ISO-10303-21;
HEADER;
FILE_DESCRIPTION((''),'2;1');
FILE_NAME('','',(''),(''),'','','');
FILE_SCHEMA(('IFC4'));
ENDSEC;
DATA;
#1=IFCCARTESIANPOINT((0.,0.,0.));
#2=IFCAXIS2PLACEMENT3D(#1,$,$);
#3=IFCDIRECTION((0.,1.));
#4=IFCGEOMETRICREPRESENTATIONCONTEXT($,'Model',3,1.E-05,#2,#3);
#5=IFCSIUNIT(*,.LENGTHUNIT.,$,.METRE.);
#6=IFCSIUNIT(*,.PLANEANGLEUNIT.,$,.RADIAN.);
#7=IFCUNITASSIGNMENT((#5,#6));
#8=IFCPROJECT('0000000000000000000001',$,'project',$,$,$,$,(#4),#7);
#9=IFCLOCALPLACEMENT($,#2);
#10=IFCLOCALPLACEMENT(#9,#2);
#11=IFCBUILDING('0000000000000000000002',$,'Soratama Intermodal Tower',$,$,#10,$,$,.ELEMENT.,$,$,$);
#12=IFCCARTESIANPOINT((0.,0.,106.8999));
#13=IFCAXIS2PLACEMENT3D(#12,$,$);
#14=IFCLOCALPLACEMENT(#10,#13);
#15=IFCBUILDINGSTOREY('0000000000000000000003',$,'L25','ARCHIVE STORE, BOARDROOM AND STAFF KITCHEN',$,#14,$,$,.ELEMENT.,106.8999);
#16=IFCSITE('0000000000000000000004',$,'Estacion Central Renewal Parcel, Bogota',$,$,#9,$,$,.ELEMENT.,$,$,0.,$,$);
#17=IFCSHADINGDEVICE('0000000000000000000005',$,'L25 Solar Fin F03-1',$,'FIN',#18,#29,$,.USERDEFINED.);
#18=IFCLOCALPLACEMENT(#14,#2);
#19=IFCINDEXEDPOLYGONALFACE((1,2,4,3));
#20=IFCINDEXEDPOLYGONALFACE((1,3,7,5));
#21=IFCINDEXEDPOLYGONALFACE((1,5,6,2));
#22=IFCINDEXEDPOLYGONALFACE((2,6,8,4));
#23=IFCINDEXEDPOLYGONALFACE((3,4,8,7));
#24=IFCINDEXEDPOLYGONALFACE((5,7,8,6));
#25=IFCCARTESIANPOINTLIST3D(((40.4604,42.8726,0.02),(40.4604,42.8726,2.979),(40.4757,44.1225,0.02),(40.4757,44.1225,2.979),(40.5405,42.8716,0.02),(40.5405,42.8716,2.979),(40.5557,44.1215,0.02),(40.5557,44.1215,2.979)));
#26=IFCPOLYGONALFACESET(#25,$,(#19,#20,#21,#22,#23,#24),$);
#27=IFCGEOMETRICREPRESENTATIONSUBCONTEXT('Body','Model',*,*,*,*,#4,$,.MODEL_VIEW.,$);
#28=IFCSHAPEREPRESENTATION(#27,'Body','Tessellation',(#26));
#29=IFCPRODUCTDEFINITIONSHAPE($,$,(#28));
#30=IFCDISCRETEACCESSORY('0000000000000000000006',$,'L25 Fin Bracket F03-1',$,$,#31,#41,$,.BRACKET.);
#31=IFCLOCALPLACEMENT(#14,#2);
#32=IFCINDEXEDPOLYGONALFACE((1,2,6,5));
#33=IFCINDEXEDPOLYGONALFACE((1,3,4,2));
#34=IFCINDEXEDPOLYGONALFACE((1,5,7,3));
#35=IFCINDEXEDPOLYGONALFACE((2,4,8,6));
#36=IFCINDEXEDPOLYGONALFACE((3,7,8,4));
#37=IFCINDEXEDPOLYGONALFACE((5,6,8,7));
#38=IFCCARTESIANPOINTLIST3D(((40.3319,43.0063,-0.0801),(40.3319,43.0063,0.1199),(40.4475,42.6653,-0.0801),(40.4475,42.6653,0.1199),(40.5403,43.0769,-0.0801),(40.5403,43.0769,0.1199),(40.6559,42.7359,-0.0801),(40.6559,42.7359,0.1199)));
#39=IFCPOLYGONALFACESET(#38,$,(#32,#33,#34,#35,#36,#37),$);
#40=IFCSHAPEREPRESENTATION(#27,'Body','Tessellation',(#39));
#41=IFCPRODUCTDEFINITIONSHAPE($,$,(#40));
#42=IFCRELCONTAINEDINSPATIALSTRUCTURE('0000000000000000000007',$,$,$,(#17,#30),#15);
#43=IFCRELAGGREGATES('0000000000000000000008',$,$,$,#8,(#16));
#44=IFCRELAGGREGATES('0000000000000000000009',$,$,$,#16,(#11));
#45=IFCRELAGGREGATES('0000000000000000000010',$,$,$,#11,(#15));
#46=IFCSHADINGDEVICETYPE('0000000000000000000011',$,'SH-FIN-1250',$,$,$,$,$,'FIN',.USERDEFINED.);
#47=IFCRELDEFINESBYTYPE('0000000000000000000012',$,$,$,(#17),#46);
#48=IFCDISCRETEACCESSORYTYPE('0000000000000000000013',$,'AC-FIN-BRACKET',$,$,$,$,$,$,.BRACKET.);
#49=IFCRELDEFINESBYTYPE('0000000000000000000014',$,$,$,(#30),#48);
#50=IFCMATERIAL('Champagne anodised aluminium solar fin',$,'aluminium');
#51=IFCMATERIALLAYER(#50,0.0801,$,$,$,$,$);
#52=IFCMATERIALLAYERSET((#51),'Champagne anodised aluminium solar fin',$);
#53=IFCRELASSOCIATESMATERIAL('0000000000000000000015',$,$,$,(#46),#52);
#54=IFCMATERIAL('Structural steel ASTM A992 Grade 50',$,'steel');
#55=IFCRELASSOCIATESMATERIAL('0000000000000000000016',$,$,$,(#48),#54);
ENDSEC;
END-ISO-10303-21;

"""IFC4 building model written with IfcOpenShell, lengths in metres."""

from ifc_helpers import new_model, si_unit, direction, frame, origin, origin_2d, place, context, subcontext, project, spatial, rectangle, extrude, material, layer, layer_set, type_object, element, save


model = new_model("IFC4")

# Units and contexts
model_context = context("Model", 3, precision=1e-05, world=origin(), true_north=direction((0.0, 1.0)))
body_context = subcontext(model_context, "Body", "Model", "MODEL_VIEW")
ifc_project = project(units=[si_unit("LENGTHUNIT", "METRE"), si_unit("PLANEANGLEUNIT", "RADIAN")], contexts=[model_context])

# Site, building, storey
site_placement = place(None, origin())
site = spatial("IfcSite", under=ifc_project, at=site_placement, Name="Estacion Central Renewal Parcel, Bogota", CompositionType="ELEMENT", RefElevation=0.0)
building_placement = place(site_placement, origin())
building = spatial("IfcBuilding", under=site, at=building_placement, Name="Soratama Intermodal Tower", CompositionType="ELEMENT")
storey_placement = place(building_placement, frame((0.0, 0.0, 106.8999)))
storey = spatial("IfcBuildingStorey", under=building, at=storey_placement, Name="L25", Description="ARCHIVE STORE, BOARDROOM AND STAFF KITCHEN", CompositionType="ELEMENT", Elevation=106.8999)

# Shading device
ifc_material_1 = material(Name="Champagne anodised aluminium solar fin", Category="aluminium")
ifc_layer_1 = layer(ifc_material_1, 0.0801)
ifc_layer_set_1 = layer_set([ifc_layer_1], Name="Champagne anodised aluminium solar fin")
shading_device_type = type_object("IfcShadingDeviceType", Name="SH-FIN-1250", ElementType="FIN", PredefinedType="USERDEFINED", material=ifc_layer_set_1)
shading_device_placement = place(storey_placement, frame((40.5081, 43.4971, 0.02), z_axis=(0.0, 0.0, 1.0), x_axis=(0.012217, 0.999925, 0.0)))
element("IfcShadingDevice", 1, at=shading_device_placement, inside=storey, type_object=shading_device_type, Name="L25 Solar Fin F03-1", ObjectType="FIN", PredefinedType="USERDEFINED", context=body_context, shape_type="SweptSolid", body=[
    extrude(rectangle(XDim=1.25, YDim=0.0801, at=origin_2d()), origin(), (0.0, 0.0, 1.0), 2.959),
])

# Discrete accessory
ifc_material_2 = material(Name="Structural steel ASTM A992 Grade 50", Category="steel")
discrete_accessory_type = type_object("IfcDiscreteAccessoryType", Name="AC-FIN-BRACKET", PredefinedType="BRACKET", material=ifc_material_2)
discrete_accessory_placement = place(storey_placement, frame((40.4939, 42.8711, -0.0801), z_axis=(0.0, 0.0, 1.0), x_axis=(-0.320944, 0.947098, 0.0)))
element("IfcDiscreteAccessory", 2, at=discrete_accessory_placement, inside=storey, type_object=discrete_accessory_type, Name="L25 Fin Bracket F03-1", PredefinedType="BRACKET", context=body_context, shape_type="SweptSolid", body=[
    extrude(rectangle(XDim=0.3601, YDim=0.22, at=origin_2d()), origin(), (0.0, 0.0, 1.0), 0.2),
])

save(model, "model.ifc")
